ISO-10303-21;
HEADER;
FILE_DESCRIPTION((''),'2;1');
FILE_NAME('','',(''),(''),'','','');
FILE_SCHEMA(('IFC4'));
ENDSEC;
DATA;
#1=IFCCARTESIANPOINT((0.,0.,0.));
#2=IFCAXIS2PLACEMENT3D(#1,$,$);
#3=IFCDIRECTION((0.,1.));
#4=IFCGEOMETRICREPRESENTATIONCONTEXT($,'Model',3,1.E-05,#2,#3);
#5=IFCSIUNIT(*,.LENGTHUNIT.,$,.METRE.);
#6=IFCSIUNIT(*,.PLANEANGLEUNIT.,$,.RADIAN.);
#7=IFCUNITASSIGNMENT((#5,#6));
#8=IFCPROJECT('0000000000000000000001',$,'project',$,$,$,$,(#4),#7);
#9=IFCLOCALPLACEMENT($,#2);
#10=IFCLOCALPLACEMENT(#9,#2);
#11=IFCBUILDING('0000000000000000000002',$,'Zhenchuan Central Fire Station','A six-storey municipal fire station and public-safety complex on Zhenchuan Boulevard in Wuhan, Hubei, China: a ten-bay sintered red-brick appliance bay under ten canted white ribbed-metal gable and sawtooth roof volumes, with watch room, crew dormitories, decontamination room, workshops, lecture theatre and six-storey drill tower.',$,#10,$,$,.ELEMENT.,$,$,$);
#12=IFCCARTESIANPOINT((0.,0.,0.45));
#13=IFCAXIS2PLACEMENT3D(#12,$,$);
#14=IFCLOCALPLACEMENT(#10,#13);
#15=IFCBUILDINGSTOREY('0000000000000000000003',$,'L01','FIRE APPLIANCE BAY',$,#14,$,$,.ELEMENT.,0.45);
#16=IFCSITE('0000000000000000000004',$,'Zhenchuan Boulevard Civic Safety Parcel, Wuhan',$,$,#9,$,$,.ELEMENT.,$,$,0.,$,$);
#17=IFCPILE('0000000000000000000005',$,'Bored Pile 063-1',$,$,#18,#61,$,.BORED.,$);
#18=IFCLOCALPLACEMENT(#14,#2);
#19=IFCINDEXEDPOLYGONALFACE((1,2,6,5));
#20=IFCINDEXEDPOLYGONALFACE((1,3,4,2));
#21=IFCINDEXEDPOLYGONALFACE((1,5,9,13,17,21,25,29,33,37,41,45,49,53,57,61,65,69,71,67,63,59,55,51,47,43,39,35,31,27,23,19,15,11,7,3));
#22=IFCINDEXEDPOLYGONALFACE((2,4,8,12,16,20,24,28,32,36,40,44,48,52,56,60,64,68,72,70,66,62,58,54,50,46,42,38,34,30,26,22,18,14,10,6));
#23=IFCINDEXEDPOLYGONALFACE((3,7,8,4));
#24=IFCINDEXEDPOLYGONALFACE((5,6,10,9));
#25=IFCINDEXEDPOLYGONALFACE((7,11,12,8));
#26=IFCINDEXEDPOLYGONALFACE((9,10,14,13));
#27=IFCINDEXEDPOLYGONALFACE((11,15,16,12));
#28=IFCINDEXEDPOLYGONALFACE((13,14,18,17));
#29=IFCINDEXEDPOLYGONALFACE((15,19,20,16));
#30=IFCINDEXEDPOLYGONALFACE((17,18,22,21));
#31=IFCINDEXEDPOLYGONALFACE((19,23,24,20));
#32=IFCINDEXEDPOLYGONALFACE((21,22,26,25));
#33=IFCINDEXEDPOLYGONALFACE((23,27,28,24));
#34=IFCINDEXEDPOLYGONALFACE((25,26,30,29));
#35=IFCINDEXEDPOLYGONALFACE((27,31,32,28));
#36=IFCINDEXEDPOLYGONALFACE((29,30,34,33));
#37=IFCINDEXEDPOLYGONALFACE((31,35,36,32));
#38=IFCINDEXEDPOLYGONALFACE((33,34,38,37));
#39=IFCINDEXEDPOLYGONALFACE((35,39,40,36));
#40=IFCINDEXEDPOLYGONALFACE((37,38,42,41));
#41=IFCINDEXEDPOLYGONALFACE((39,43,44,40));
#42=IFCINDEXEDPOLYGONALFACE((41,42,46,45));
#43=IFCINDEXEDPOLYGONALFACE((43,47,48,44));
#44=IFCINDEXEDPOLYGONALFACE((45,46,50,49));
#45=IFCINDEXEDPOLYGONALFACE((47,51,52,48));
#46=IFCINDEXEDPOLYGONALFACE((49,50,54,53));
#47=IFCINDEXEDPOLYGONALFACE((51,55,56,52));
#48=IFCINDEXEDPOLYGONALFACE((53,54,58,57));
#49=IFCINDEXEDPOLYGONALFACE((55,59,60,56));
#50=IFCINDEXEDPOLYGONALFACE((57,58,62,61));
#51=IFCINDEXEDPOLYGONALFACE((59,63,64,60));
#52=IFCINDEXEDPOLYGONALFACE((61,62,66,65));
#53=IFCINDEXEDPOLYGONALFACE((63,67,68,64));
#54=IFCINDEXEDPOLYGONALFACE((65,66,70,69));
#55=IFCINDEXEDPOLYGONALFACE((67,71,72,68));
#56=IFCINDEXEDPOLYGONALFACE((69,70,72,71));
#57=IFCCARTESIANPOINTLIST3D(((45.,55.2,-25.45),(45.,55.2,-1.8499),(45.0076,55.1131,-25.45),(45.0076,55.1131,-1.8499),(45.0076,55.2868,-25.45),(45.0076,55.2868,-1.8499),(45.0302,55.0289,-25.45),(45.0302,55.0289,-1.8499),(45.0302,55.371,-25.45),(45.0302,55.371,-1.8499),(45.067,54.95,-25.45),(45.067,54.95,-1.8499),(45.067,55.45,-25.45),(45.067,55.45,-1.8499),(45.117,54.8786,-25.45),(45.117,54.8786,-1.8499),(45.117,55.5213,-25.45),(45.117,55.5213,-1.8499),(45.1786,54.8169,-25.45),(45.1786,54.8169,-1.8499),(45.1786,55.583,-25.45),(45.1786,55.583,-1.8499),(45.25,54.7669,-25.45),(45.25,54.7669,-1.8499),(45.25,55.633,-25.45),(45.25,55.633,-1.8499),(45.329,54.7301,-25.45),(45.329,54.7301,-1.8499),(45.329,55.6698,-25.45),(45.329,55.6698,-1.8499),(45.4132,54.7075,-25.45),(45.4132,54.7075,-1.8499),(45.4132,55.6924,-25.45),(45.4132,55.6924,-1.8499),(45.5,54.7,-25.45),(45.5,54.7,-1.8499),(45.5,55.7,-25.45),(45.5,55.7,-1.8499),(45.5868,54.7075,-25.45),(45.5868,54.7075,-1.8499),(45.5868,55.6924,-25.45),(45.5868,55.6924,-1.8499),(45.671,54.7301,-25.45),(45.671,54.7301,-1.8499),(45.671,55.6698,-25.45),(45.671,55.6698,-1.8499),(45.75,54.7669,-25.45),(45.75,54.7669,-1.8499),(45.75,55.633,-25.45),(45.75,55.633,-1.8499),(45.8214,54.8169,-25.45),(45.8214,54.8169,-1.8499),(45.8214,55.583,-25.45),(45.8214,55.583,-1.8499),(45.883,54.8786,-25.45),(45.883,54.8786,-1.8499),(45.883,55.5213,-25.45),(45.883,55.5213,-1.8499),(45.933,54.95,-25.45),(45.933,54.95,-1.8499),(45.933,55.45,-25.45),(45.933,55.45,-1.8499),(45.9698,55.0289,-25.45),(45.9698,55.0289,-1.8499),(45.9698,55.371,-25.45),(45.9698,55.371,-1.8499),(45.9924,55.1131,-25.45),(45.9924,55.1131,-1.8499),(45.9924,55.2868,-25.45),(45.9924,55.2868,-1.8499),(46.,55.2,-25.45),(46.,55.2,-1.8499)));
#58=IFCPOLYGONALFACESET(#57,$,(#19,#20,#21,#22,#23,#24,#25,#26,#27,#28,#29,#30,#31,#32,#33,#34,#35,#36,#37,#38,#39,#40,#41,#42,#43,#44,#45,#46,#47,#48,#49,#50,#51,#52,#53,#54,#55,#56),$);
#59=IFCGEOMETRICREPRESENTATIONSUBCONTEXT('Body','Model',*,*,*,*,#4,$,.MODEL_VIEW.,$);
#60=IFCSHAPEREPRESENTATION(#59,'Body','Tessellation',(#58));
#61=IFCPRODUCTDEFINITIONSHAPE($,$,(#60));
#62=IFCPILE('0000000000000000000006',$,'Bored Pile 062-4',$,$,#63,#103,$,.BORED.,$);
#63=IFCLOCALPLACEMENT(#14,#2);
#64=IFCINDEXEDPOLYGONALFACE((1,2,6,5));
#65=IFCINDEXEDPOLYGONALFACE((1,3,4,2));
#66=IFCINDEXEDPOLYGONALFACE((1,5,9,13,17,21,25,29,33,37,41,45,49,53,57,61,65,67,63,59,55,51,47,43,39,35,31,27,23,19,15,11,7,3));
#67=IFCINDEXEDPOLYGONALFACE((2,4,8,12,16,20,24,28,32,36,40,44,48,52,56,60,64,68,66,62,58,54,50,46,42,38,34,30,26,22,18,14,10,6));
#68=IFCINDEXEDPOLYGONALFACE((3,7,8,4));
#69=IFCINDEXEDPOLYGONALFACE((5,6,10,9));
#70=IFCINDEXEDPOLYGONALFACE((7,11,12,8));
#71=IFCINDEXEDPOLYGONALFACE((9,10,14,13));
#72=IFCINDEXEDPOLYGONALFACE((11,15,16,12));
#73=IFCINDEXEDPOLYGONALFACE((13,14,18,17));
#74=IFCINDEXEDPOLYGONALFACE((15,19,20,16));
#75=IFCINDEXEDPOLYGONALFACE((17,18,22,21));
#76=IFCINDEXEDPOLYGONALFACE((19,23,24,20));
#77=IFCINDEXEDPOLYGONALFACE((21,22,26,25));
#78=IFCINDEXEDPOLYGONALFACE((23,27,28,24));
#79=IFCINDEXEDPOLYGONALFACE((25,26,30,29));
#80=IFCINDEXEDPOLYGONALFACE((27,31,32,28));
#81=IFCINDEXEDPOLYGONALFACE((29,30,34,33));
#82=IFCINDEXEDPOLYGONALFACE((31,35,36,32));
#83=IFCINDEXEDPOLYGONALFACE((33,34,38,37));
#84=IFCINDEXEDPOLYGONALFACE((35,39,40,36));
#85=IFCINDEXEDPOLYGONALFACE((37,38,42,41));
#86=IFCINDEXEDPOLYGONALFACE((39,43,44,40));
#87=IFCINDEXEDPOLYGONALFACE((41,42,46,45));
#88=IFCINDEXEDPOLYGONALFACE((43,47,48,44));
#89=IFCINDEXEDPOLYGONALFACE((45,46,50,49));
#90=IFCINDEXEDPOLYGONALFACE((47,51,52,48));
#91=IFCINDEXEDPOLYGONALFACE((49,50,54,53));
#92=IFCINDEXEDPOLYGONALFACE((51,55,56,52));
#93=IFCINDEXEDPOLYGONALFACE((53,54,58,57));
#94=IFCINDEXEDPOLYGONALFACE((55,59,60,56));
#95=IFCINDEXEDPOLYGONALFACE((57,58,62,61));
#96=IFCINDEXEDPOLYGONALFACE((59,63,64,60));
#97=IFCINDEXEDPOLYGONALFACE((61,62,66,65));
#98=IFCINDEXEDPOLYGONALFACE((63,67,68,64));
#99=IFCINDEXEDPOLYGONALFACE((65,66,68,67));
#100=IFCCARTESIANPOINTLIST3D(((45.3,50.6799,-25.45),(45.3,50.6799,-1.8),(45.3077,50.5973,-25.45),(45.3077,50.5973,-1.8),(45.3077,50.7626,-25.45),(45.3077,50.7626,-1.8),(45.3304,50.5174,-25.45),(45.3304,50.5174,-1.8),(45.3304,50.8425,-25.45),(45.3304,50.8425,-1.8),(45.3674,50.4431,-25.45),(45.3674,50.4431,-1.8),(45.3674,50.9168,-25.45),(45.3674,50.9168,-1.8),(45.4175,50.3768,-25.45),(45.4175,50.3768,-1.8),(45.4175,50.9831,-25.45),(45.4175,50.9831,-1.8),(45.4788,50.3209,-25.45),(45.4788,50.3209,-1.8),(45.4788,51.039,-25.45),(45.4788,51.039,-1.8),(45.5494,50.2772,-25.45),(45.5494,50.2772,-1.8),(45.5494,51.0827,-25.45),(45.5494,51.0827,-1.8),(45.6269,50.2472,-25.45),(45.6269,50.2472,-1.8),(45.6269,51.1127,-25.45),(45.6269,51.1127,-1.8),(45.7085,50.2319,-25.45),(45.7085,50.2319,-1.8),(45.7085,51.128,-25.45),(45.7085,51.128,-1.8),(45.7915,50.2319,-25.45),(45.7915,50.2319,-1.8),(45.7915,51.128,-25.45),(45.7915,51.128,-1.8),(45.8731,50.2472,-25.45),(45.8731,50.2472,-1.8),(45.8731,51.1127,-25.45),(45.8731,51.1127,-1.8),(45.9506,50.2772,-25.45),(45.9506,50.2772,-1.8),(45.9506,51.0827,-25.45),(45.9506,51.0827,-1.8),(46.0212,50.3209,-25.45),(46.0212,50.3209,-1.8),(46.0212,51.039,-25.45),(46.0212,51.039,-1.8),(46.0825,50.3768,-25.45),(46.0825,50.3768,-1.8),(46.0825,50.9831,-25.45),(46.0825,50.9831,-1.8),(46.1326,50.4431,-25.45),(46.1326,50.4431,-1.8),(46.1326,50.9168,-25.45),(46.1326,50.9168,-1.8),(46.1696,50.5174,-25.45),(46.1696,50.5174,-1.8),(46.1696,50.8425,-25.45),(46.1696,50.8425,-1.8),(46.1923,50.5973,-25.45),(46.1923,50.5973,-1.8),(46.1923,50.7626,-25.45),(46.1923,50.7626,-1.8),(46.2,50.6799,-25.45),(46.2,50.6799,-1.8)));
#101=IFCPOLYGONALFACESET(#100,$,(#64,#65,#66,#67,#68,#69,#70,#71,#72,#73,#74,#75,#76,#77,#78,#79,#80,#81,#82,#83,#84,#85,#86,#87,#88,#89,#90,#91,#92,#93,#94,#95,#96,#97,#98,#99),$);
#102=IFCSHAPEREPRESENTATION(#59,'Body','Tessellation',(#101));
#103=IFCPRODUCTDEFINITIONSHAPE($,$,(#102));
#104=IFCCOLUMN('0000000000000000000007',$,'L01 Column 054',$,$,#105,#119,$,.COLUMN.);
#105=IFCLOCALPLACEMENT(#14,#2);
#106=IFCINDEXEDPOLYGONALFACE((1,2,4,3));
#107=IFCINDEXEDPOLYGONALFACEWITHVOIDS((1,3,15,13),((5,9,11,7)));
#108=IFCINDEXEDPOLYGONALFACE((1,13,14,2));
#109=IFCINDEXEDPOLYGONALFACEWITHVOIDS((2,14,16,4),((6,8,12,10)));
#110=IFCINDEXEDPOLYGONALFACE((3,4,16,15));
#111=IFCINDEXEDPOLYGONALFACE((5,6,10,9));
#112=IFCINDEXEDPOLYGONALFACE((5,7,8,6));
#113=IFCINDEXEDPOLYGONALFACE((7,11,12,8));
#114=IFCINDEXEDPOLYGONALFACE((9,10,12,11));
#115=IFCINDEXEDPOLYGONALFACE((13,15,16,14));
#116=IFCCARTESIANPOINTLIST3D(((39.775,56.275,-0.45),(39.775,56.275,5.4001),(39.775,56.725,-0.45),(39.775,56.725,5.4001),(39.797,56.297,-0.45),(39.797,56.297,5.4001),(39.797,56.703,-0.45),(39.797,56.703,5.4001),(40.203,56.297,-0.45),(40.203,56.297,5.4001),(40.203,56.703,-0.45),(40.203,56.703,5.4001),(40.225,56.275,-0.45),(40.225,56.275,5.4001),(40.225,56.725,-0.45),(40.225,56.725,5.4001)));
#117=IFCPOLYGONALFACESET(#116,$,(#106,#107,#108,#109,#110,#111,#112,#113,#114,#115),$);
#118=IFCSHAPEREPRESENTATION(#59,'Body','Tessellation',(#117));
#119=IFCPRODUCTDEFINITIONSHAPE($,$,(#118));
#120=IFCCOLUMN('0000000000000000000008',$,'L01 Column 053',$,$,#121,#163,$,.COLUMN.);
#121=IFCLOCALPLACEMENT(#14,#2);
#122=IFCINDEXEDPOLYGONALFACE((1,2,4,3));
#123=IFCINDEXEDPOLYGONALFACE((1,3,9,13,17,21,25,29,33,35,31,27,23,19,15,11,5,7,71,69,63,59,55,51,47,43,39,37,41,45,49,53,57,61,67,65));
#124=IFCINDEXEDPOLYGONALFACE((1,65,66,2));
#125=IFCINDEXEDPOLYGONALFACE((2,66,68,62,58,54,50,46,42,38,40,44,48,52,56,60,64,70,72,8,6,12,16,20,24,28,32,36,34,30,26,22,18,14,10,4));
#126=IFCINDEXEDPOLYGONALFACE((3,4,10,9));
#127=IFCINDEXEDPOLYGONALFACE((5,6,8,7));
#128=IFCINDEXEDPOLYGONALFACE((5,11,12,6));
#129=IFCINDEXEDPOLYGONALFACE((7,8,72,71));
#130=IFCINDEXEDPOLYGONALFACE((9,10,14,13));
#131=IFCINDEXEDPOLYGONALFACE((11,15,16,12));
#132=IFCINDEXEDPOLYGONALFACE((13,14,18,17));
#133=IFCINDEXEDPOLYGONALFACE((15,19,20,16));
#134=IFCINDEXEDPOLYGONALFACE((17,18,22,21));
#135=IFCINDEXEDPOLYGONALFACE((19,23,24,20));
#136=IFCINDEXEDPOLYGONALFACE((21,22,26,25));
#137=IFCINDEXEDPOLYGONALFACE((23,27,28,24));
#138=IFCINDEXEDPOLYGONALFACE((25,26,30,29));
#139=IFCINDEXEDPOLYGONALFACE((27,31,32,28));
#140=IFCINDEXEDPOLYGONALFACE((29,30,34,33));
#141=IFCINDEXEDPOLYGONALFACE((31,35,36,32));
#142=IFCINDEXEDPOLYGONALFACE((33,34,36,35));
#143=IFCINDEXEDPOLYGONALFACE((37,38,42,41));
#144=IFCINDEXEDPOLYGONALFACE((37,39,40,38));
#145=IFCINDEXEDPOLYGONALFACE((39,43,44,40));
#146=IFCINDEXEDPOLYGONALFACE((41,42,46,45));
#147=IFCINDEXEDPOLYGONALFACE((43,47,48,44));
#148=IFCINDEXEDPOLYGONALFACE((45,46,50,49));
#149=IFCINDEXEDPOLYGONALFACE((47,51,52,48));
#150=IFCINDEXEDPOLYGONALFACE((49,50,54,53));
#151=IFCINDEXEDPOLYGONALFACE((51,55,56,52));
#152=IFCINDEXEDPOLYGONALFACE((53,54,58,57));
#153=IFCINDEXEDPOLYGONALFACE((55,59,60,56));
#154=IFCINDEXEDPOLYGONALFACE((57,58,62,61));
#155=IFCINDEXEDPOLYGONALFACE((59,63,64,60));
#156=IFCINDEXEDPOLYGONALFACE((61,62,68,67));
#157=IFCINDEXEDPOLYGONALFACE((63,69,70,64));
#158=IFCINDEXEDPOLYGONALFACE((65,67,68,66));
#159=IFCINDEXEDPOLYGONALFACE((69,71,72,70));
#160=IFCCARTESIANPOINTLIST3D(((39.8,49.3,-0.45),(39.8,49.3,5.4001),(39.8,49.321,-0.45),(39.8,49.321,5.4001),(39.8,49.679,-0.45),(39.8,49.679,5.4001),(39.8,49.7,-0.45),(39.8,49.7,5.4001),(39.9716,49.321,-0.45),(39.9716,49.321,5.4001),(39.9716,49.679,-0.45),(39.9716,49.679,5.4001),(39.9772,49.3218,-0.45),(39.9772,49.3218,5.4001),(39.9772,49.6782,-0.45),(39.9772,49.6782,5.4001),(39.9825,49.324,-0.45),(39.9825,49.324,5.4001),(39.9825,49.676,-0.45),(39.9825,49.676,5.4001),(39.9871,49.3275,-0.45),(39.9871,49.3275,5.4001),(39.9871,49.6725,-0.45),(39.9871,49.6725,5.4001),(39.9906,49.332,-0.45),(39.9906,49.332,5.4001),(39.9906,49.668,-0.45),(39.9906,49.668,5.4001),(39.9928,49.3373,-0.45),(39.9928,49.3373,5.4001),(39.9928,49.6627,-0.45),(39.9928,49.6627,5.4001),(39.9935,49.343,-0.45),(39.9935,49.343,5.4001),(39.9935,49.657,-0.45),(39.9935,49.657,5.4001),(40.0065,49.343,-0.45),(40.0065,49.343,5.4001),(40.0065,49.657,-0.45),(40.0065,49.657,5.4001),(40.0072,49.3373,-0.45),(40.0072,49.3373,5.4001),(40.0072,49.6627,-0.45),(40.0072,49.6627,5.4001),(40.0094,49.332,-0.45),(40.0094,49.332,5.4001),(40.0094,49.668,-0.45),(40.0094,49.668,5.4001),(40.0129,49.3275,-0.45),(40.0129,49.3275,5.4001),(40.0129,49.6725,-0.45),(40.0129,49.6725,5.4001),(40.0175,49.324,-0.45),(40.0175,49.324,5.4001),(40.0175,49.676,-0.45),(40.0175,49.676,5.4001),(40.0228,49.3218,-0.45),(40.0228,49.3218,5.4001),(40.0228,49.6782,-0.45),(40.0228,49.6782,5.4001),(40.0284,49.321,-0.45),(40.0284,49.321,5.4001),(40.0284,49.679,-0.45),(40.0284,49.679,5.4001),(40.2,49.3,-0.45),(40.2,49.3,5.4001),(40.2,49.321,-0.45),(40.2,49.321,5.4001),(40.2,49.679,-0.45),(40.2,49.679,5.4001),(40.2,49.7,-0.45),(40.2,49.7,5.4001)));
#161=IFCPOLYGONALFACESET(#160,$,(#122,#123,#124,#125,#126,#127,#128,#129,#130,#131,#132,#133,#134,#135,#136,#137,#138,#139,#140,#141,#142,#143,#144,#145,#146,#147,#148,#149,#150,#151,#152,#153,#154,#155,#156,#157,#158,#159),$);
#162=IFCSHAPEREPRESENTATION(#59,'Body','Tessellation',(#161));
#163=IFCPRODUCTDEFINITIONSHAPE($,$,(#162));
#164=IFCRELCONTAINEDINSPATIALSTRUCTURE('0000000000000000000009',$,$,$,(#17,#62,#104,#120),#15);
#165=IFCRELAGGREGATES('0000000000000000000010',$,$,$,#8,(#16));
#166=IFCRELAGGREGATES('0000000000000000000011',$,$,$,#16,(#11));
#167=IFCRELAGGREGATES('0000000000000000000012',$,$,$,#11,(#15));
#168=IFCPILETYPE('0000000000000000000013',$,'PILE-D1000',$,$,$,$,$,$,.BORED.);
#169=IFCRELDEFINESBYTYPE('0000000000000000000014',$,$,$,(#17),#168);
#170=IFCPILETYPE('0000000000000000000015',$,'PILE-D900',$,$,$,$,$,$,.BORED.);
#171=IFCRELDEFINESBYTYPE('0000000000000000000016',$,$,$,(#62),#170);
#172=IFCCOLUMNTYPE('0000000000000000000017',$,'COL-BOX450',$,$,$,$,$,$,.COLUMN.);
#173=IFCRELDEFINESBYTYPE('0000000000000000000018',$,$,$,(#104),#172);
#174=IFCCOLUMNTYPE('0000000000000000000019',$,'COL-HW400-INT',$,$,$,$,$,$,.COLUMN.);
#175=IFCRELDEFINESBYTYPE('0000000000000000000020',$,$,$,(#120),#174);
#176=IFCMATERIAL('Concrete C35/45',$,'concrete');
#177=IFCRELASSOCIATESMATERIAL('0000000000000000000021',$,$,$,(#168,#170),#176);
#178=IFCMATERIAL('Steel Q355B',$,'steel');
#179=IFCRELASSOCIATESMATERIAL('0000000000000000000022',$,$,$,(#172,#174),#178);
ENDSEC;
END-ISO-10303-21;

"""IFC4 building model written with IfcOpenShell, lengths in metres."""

from ifc_helpers import new_model, si_unit, direction, frame, origin, origin_2d, place, context, subcontext, project, spatial, hollow_rectangle, circle, i_section, extrude, material, material_profile, profile_set, type_object, element, save


model = new_model("IFC4")

# Units and contexts
model_context = context("Model", 3, precision=1e-05, world=origin(), true_north=direction((0.0, 1.0)))
body_context = subcontext(model_context, "Body", "Model", "MODEL_VIEW")
ifc_project = project(units=[si_unit("LENGTHUNIT", "METRE"), si_unit("PLANEANGLEUNIT", "RADIAN")], contexts=[model_context])

# Site, building, storey
site_placement = place(None, origin())
site = spatial("IfcSite", under=ifc_project, at=site_placement, Name="Zhenchuan Boulevard Civic Safety Parcel, Wuhan", CompositionType="ELEMENT", RefElevation=0.0)
building_placement = place(site_placement, origin())
building = spatial("IfcBuilding", under=site, at=building_placement, Name="Zhenchuan Central Fire Station", Description="A six-storey municipal fire station and public-safety complex on Zhenchuan Boulevard in Wuhan, Hubei, China: a ten-bay sintered red-brick appliance bay under ten canted white ribbed-metal gable and sawtooth roof volumes, with watch room, crew dormitories, decontamination room, workshops, lecture theatre and six-storey drill tower.", CompositionType="ELEMENT")
storey_placement = place(building_placement, frame((0.0, 0.0, 0.45)))
storey = spatial("IfcBuildingStorey", under=building, at=storey_placement, Name="L01", Description="FIRE APPLIANCE BAY", CompositionType="ELEMENT", Elevation=0.45)

# Piles
ifc_material_1 = material(Name="Concrete C35/45", Category="concrete")
ifc_material_profile_1 = material_profile(ifc_material_1, circle(Radius=0.5, at=origin_2d()), Name="PILE D1000")
ifc_profile_set_1 = profile_set([ifc_material_profile_1], Name="Concrete C35/45")
pile_type_1 = type_object("IfcPileType", Name="PILE-D1000", PredefinedType="BORED", material=ifc_profile_set_1)
pile_1_placement = place(storey_placement, frame((45.5, 55.2, -1.8499), z_axis=(0.0, 0.0, -1.0), x_axis=(1.0, 0.0, 0.0)))
element("IfcPile", 1, at=pile_1_placement, inside=storey, type_object=pile_type_1, Name="Bored Pile 063-1", PredefinedType="BORED", context=body_context, shape_type="SweptSolid", body=[
    extrude(circle(Radius=0.5, at=origin_2d()), origin(), (0.0, 0.0, 1.0), 23.6001),
])
ifc_material_profile_2 = material_profile(ifc_material_1, circle(Radius=0.45, at=origin_2d()), Name="PILE D900")
ifc_profile_set_2 = profile_set([ifc_material_profile_2], Name="Concrete C35/45")
pile_type_2 = type_object("IfcPileType", Name="PILE-D900", PredefinedType="BORED", material=ifc_profile_set_2)
pile_2_placement = place(storey_placement, frame((45.75, 50.6799, -1.8), z_axis=(0.0, 0.0, -1.0), x_axis=(1.0, 0.0, 0.0)))
element("IfcPile", 2, at=pile_2_placement, inside=storey, type_object=pile_type_2, Name="Bored Pile 062-4", PredefinedType="BORED", context=body_context, shape_type="SweptSolid", body=[
    extrude(circle(Radius=0.45, at=origin_2d()), origin(), (0.0, 0.0, 1.0), 23.6499),
])

# Columns
ifc_material_2 = material(Name="Steel Q355B", Category="steel")
ifc_material_profile_3 = material_profile(ifc_material_2, hollow_rectangle(XDim=0.45, YDim=0.45, WallThickness=0.022, at=origin_2d()), Name="BOX 450x450x22")
ifc_profile_set_3 = profile_set([ifc_material_profile_3], Name="Steel Q355B")
column_type_1 = type_object("IfcColumnType", Name="COL-BOX450", PredefinedType="COLUMN", material=ifc_profile_set_3)
column_1_placement = place(storey_placement, frame((40.0, 56.5, -0.45), z_axis=(0.0, 0.0, 1.0), x_axis=(1.0, 0.0, 0.0)))
element("IfcColumn", 3, at=column_1_placement, inside=storey, type_object=column_type_1, Name="L01 Column 054", PredefinedType="COLUMN", context=body_context, shape_type="SweptSolid", body=[
    extrude(hollow_rectangle(XDim=0.45, YDim=0.45, WallThickness=0.022, at=origin_2d()), origin(), (0.0, 0.0, 1.0), 5.8501),
])
ifc_material_profile_4 = material_profile(ifc_material_2, i_section(OverallWidth=0.3999, OverallDepth=0.3999, WebThickness=0.0129, FlangeThickness=0.021, FilletRadius=0.022, at=origin_2d()), Name="HW 400x400")
ifc_profile_set_4 = profile_set([ifc_material_profile_4], Name="Steel Q355B")
column_type_2 = type_object("IfcColumnType", Name="COL-HW400-INT", PredefinedType="COLUMN", material=ifc_profile_set_4)
column_2_placement = place(storey_placement, frame((40.0, 49.5, -0.45), z_axis=(0.0, 0.0, 1.0), x_axis=(1.0, 0.0, 0.0)))
element("IfcColumn", 4, at=column_2_placement, inside=storey, type_object=column_type_2, Name="L01 Column 053", PredefinedType="COLUMN", context=body_context, shape_type="SweptSolid", body=[
    extrude(i_section(OverallWidth=0.3999, OverallDepth=0.3999, WebThickness=0.0129, FlangeThickness=0.021, FilletRadius=0.022, at=origin_2d()), origin(), (0.0, 0.0, 1.0), 5.8501),
])

save(model, "model.ifc")
